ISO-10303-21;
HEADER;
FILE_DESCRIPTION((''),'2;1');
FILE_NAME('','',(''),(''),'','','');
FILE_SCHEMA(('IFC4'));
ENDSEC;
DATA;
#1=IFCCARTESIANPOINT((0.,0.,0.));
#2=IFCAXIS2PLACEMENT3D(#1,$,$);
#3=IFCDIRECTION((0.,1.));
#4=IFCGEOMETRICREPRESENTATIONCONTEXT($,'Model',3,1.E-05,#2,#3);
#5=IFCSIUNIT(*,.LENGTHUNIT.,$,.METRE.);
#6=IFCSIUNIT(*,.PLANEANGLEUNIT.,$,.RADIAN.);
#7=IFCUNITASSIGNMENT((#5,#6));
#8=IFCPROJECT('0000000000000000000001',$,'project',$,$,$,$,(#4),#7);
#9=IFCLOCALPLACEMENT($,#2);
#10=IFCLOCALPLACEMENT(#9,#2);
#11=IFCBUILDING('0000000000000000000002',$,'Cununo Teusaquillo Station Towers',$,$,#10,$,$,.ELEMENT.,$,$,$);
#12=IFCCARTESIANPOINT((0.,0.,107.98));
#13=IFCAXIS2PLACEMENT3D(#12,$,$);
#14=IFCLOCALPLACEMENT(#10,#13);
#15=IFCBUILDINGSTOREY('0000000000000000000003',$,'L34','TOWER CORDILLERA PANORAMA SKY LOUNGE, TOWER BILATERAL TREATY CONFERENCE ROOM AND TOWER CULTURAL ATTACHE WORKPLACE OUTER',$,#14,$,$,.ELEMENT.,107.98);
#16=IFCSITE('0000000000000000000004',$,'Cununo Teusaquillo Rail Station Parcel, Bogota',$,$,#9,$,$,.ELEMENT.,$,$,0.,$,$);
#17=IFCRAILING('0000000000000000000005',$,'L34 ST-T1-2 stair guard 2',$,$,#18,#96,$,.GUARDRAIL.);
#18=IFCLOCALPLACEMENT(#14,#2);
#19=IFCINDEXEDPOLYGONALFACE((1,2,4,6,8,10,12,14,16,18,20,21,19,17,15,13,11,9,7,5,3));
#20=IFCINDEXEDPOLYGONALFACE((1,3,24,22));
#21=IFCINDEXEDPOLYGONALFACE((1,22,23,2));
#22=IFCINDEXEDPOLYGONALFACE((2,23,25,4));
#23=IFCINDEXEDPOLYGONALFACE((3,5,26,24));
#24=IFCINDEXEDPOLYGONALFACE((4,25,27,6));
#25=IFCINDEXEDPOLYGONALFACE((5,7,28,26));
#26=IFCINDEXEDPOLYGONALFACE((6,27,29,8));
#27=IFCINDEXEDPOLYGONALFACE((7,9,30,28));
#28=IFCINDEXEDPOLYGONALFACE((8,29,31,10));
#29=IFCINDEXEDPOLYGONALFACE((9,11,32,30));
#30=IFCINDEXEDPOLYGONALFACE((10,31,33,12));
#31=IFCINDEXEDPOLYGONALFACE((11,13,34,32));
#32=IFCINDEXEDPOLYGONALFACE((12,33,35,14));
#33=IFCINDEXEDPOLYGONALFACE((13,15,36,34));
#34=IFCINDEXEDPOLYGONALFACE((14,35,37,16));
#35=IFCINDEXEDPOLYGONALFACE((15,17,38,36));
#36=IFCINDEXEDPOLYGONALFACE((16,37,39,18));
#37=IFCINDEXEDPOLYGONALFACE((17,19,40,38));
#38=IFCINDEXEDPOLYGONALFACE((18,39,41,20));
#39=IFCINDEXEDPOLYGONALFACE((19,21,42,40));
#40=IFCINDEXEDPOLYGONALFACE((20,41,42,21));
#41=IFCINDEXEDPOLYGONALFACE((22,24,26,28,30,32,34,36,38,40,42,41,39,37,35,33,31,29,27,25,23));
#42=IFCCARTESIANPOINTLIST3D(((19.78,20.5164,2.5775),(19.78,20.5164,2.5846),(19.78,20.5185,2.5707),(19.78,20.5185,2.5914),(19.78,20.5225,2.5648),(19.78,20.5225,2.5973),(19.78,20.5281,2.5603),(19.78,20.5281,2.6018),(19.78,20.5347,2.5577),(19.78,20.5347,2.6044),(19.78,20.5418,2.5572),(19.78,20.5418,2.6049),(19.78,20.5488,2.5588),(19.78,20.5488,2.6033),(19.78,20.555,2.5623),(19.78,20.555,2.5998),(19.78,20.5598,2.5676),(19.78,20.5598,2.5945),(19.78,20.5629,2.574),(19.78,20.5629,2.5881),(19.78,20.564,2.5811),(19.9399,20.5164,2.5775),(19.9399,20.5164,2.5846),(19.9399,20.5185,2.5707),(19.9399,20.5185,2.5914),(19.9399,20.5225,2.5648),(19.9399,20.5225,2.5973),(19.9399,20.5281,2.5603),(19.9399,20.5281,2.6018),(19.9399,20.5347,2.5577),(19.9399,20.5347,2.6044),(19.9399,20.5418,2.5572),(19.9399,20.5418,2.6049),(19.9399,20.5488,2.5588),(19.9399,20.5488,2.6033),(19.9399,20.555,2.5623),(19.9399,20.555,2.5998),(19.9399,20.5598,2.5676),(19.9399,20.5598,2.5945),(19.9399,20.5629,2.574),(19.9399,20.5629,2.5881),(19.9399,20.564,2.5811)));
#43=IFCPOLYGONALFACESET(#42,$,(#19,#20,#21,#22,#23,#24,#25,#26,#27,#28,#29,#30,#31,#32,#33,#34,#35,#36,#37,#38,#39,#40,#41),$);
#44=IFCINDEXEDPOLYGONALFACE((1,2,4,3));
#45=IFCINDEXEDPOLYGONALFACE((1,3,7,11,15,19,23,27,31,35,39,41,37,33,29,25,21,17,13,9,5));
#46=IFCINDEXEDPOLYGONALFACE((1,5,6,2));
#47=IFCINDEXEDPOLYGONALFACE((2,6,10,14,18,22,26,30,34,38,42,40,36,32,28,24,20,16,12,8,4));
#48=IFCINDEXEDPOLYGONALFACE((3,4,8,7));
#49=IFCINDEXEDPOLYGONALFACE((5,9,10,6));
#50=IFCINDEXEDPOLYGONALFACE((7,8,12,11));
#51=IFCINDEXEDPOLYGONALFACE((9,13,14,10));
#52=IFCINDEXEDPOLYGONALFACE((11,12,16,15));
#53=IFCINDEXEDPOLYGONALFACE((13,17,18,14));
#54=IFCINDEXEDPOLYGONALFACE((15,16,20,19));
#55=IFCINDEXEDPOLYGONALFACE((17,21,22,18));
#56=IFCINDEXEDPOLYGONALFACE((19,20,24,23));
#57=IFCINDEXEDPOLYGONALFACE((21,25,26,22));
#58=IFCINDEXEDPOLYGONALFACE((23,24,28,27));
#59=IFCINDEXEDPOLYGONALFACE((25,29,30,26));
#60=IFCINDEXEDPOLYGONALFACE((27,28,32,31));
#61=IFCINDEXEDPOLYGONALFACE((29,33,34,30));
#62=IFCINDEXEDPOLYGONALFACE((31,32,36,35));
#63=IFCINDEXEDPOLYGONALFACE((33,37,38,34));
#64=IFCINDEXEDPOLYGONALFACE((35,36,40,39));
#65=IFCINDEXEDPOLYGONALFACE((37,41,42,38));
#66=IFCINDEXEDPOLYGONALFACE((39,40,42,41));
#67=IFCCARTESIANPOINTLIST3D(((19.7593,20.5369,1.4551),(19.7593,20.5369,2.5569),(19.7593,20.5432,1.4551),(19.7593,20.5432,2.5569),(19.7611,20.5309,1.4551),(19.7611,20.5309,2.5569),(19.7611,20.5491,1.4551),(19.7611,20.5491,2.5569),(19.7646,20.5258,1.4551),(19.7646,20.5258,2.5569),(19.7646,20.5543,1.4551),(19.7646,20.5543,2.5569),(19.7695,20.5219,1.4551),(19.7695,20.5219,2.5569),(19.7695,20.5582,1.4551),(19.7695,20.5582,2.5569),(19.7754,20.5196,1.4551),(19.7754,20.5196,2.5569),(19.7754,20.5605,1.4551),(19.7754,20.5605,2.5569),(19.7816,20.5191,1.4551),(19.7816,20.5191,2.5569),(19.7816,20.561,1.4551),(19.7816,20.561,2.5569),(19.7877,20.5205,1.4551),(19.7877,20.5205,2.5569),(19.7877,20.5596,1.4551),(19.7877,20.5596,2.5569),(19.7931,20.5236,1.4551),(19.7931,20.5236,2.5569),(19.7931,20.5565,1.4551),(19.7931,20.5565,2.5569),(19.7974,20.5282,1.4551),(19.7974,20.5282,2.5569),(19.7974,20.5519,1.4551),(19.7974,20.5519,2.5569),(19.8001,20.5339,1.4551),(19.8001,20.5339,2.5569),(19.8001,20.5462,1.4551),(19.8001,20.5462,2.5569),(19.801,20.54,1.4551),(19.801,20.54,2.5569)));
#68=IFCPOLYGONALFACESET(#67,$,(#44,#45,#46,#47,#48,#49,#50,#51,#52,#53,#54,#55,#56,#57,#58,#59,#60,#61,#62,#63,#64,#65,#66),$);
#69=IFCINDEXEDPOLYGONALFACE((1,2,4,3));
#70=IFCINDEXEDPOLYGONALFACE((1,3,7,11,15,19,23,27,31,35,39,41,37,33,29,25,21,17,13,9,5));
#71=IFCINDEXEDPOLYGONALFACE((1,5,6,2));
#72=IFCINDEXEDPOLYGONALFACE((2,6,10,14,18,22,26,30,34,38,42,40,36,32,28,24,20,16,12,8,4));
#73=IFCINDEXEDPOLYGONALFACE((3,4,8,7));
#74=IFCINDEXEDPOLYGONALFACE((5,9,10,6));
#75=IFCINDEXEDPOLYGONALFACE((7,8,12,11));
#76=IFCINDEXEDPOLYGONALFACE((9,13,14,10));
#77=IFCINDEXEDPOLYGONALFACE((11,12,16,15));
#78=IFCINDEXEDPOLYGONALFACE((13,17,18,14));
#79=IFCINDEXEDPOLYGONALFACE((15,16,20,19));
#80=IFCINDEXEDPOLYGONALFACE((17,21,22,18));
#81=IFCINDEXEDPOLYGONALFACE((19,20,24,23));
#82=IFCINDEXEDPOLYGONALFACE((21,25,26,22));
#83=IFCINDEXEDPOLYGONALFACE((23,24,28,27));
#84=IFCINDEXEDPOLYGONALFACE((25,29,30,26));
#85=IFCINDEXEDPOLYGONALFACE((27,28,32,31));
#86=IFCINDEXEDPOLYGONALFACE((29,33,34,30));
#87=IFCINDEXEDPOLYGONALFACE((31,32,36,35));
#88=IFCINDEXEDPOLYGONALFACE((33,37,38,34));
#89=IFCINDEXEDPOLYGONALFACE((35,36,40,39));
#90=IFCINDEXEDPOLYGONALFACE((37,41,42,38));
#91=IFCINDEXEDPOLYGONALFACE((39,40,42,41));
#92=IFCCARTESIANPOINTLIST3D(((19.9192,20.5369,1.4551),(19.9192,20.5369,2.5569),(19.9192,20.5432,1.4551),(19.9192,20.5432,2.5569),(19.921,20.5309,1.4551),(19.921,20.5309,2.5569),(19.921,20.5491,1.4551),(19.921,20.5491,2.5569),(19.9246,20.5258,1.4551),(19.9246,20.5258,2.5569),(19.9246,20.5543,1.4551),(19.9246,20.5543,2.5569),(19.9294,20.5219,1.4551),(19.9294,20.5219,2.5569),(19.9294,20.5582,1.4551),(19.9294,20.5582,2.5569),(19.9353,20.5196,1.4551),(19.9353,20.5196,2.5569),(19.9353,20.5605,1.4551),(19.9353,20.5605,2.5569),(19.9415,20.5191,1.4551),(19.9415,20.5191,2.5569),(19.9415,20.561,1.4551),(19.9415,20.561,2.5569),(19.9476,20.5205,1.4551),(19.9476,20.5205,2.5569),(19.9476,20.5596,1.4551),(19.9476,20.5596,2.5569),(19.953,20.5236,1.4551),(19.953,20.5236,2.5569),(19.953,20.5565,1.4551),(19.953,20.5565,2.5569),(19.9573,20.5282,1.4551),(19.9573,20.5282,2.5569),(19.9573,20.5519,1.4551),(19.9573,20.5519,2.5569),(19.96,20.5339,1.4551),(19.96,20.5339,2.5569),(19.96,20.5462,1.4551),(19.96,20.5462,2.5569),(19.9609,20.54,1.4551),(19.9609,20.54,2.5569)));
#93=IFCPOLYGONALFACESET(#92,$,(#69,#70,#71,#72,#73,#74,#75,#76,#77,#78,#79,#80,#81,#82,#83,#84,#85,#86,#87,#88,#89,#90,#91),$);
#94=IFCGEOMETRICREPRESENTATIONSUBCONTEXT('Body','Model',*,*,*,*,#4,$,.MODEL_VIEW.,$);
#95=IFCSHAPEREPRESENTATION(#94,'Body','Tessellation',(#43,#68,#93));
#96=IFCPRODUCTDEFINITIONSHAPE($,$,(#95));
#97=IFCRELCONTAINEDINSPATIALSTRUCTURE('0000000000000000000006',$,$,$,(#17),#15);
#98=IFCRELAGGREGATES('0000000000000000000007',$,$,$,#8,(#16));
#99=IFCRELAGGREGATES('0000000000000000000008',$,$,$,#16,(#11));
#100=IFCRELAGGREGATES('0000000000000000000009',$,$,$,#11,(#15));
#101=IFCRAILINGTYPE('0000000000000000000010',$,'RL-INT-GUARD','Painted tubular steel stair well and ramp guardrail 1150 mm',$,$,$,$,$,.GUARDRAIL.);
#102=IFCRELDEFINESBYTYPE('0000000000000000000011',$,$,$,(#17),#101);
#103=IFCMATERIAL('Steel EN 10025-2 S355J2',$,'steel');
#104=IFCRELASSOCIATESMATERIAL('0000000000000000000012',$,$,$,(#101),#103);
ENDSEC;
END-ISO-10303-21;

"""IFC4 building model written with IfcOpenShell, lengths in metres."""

from ifc_helpers import new_model, si_unit, direction, frame, origin, origin_2d, place, context, subcontext, project, spatial, circle, extrude, material, type_object, element, save


model = new_model("IFC4")

# Units and contexts
model_context = context("Model", 3, precision=1e-05, world=origin(), true_north=direction((0.0, 1.0)))
body_context = subcontext(model_context, "Body", "Model", "MODEL_VIEW")
ifc_project = project(units=[si_unit("LENGTHUNIT", "METRE"), si_unit("PLANEANGLEUNIT", "RADIAN")], contexts=[model_context])

# Site, building, storey
site_placement = place(None, origin())
site = spatial("IfcSite", under=ifc_project, at=site_placement, Name="Cununo Teusaquillo Rail Station Parcel, Bogota", CompositionType="ELEMENT", RefElevation=0.0)
building_placement = place(site_placement, origin())
building = spatial("IfcBuilding", under=site, at=building_placement, Name="Cununo Teusaquillo Station Towers", CompositionType="ELEMENT")
storey_placement = place(building_placement, frame((0.0, 0.0, 107.98)))
storey = spatial("IfcBuildingStorey", under=building, at=storey_placement, Name="L34", Description="TOWER CORDILLERA PANORAMA SKY LOUNGE, TOWER BILATERAL TREATY CONFERENCE ROOM AND TOWER CULTURAL ATTACHE WORKPLACE OUTER", CompositionType="ELEMENT", Elevation=107.98)

# Railing
ifc_material_1 = material(Name="Steel EN 10025-2 S355J2", Category="steel")
railing_type_1 = type_object("IfcRailingType", Name="RL-INT-GUARD", Description="Painted tubular steel stair well and ramp guardrail 1150 mm", PredefinedType="GUARDRAIL", material=ifc_material_1)
railing_1_placement = place(storey_placement, frame((19.78, 20.54, 1.4551)))
element("IfcRailing", 1, at=railing_1_placement, inside=storey, type_object=railing_type_1, Name="L34 ST-T1-2 stair guard 2", PredefinedType="GUARDRAIL", context=body_context, shape_type="SweptSolid", body=[
    extrude(circle(Radius=0.0239, at=origin_2d()), frame((0.0, 0.0, 1.126), z_axis=(1.0, 0.0, 0.0), x_axis=(0.0, 1.0, 0.0)), (0.0, 0.0, 1.0), 0.1599),
    extrude(circle(Radius=0.021, at=origin_2d()), origin(), (0.0, 0.0, 1.0), 1.1018),
    extrude(circle(Radius=0.021, at=origin_2d()), frame((0.1599, 0.0, 0.0)), (0.0, 0.0, 1.0), 1.1018),
])

save(model, "model.ifc")
